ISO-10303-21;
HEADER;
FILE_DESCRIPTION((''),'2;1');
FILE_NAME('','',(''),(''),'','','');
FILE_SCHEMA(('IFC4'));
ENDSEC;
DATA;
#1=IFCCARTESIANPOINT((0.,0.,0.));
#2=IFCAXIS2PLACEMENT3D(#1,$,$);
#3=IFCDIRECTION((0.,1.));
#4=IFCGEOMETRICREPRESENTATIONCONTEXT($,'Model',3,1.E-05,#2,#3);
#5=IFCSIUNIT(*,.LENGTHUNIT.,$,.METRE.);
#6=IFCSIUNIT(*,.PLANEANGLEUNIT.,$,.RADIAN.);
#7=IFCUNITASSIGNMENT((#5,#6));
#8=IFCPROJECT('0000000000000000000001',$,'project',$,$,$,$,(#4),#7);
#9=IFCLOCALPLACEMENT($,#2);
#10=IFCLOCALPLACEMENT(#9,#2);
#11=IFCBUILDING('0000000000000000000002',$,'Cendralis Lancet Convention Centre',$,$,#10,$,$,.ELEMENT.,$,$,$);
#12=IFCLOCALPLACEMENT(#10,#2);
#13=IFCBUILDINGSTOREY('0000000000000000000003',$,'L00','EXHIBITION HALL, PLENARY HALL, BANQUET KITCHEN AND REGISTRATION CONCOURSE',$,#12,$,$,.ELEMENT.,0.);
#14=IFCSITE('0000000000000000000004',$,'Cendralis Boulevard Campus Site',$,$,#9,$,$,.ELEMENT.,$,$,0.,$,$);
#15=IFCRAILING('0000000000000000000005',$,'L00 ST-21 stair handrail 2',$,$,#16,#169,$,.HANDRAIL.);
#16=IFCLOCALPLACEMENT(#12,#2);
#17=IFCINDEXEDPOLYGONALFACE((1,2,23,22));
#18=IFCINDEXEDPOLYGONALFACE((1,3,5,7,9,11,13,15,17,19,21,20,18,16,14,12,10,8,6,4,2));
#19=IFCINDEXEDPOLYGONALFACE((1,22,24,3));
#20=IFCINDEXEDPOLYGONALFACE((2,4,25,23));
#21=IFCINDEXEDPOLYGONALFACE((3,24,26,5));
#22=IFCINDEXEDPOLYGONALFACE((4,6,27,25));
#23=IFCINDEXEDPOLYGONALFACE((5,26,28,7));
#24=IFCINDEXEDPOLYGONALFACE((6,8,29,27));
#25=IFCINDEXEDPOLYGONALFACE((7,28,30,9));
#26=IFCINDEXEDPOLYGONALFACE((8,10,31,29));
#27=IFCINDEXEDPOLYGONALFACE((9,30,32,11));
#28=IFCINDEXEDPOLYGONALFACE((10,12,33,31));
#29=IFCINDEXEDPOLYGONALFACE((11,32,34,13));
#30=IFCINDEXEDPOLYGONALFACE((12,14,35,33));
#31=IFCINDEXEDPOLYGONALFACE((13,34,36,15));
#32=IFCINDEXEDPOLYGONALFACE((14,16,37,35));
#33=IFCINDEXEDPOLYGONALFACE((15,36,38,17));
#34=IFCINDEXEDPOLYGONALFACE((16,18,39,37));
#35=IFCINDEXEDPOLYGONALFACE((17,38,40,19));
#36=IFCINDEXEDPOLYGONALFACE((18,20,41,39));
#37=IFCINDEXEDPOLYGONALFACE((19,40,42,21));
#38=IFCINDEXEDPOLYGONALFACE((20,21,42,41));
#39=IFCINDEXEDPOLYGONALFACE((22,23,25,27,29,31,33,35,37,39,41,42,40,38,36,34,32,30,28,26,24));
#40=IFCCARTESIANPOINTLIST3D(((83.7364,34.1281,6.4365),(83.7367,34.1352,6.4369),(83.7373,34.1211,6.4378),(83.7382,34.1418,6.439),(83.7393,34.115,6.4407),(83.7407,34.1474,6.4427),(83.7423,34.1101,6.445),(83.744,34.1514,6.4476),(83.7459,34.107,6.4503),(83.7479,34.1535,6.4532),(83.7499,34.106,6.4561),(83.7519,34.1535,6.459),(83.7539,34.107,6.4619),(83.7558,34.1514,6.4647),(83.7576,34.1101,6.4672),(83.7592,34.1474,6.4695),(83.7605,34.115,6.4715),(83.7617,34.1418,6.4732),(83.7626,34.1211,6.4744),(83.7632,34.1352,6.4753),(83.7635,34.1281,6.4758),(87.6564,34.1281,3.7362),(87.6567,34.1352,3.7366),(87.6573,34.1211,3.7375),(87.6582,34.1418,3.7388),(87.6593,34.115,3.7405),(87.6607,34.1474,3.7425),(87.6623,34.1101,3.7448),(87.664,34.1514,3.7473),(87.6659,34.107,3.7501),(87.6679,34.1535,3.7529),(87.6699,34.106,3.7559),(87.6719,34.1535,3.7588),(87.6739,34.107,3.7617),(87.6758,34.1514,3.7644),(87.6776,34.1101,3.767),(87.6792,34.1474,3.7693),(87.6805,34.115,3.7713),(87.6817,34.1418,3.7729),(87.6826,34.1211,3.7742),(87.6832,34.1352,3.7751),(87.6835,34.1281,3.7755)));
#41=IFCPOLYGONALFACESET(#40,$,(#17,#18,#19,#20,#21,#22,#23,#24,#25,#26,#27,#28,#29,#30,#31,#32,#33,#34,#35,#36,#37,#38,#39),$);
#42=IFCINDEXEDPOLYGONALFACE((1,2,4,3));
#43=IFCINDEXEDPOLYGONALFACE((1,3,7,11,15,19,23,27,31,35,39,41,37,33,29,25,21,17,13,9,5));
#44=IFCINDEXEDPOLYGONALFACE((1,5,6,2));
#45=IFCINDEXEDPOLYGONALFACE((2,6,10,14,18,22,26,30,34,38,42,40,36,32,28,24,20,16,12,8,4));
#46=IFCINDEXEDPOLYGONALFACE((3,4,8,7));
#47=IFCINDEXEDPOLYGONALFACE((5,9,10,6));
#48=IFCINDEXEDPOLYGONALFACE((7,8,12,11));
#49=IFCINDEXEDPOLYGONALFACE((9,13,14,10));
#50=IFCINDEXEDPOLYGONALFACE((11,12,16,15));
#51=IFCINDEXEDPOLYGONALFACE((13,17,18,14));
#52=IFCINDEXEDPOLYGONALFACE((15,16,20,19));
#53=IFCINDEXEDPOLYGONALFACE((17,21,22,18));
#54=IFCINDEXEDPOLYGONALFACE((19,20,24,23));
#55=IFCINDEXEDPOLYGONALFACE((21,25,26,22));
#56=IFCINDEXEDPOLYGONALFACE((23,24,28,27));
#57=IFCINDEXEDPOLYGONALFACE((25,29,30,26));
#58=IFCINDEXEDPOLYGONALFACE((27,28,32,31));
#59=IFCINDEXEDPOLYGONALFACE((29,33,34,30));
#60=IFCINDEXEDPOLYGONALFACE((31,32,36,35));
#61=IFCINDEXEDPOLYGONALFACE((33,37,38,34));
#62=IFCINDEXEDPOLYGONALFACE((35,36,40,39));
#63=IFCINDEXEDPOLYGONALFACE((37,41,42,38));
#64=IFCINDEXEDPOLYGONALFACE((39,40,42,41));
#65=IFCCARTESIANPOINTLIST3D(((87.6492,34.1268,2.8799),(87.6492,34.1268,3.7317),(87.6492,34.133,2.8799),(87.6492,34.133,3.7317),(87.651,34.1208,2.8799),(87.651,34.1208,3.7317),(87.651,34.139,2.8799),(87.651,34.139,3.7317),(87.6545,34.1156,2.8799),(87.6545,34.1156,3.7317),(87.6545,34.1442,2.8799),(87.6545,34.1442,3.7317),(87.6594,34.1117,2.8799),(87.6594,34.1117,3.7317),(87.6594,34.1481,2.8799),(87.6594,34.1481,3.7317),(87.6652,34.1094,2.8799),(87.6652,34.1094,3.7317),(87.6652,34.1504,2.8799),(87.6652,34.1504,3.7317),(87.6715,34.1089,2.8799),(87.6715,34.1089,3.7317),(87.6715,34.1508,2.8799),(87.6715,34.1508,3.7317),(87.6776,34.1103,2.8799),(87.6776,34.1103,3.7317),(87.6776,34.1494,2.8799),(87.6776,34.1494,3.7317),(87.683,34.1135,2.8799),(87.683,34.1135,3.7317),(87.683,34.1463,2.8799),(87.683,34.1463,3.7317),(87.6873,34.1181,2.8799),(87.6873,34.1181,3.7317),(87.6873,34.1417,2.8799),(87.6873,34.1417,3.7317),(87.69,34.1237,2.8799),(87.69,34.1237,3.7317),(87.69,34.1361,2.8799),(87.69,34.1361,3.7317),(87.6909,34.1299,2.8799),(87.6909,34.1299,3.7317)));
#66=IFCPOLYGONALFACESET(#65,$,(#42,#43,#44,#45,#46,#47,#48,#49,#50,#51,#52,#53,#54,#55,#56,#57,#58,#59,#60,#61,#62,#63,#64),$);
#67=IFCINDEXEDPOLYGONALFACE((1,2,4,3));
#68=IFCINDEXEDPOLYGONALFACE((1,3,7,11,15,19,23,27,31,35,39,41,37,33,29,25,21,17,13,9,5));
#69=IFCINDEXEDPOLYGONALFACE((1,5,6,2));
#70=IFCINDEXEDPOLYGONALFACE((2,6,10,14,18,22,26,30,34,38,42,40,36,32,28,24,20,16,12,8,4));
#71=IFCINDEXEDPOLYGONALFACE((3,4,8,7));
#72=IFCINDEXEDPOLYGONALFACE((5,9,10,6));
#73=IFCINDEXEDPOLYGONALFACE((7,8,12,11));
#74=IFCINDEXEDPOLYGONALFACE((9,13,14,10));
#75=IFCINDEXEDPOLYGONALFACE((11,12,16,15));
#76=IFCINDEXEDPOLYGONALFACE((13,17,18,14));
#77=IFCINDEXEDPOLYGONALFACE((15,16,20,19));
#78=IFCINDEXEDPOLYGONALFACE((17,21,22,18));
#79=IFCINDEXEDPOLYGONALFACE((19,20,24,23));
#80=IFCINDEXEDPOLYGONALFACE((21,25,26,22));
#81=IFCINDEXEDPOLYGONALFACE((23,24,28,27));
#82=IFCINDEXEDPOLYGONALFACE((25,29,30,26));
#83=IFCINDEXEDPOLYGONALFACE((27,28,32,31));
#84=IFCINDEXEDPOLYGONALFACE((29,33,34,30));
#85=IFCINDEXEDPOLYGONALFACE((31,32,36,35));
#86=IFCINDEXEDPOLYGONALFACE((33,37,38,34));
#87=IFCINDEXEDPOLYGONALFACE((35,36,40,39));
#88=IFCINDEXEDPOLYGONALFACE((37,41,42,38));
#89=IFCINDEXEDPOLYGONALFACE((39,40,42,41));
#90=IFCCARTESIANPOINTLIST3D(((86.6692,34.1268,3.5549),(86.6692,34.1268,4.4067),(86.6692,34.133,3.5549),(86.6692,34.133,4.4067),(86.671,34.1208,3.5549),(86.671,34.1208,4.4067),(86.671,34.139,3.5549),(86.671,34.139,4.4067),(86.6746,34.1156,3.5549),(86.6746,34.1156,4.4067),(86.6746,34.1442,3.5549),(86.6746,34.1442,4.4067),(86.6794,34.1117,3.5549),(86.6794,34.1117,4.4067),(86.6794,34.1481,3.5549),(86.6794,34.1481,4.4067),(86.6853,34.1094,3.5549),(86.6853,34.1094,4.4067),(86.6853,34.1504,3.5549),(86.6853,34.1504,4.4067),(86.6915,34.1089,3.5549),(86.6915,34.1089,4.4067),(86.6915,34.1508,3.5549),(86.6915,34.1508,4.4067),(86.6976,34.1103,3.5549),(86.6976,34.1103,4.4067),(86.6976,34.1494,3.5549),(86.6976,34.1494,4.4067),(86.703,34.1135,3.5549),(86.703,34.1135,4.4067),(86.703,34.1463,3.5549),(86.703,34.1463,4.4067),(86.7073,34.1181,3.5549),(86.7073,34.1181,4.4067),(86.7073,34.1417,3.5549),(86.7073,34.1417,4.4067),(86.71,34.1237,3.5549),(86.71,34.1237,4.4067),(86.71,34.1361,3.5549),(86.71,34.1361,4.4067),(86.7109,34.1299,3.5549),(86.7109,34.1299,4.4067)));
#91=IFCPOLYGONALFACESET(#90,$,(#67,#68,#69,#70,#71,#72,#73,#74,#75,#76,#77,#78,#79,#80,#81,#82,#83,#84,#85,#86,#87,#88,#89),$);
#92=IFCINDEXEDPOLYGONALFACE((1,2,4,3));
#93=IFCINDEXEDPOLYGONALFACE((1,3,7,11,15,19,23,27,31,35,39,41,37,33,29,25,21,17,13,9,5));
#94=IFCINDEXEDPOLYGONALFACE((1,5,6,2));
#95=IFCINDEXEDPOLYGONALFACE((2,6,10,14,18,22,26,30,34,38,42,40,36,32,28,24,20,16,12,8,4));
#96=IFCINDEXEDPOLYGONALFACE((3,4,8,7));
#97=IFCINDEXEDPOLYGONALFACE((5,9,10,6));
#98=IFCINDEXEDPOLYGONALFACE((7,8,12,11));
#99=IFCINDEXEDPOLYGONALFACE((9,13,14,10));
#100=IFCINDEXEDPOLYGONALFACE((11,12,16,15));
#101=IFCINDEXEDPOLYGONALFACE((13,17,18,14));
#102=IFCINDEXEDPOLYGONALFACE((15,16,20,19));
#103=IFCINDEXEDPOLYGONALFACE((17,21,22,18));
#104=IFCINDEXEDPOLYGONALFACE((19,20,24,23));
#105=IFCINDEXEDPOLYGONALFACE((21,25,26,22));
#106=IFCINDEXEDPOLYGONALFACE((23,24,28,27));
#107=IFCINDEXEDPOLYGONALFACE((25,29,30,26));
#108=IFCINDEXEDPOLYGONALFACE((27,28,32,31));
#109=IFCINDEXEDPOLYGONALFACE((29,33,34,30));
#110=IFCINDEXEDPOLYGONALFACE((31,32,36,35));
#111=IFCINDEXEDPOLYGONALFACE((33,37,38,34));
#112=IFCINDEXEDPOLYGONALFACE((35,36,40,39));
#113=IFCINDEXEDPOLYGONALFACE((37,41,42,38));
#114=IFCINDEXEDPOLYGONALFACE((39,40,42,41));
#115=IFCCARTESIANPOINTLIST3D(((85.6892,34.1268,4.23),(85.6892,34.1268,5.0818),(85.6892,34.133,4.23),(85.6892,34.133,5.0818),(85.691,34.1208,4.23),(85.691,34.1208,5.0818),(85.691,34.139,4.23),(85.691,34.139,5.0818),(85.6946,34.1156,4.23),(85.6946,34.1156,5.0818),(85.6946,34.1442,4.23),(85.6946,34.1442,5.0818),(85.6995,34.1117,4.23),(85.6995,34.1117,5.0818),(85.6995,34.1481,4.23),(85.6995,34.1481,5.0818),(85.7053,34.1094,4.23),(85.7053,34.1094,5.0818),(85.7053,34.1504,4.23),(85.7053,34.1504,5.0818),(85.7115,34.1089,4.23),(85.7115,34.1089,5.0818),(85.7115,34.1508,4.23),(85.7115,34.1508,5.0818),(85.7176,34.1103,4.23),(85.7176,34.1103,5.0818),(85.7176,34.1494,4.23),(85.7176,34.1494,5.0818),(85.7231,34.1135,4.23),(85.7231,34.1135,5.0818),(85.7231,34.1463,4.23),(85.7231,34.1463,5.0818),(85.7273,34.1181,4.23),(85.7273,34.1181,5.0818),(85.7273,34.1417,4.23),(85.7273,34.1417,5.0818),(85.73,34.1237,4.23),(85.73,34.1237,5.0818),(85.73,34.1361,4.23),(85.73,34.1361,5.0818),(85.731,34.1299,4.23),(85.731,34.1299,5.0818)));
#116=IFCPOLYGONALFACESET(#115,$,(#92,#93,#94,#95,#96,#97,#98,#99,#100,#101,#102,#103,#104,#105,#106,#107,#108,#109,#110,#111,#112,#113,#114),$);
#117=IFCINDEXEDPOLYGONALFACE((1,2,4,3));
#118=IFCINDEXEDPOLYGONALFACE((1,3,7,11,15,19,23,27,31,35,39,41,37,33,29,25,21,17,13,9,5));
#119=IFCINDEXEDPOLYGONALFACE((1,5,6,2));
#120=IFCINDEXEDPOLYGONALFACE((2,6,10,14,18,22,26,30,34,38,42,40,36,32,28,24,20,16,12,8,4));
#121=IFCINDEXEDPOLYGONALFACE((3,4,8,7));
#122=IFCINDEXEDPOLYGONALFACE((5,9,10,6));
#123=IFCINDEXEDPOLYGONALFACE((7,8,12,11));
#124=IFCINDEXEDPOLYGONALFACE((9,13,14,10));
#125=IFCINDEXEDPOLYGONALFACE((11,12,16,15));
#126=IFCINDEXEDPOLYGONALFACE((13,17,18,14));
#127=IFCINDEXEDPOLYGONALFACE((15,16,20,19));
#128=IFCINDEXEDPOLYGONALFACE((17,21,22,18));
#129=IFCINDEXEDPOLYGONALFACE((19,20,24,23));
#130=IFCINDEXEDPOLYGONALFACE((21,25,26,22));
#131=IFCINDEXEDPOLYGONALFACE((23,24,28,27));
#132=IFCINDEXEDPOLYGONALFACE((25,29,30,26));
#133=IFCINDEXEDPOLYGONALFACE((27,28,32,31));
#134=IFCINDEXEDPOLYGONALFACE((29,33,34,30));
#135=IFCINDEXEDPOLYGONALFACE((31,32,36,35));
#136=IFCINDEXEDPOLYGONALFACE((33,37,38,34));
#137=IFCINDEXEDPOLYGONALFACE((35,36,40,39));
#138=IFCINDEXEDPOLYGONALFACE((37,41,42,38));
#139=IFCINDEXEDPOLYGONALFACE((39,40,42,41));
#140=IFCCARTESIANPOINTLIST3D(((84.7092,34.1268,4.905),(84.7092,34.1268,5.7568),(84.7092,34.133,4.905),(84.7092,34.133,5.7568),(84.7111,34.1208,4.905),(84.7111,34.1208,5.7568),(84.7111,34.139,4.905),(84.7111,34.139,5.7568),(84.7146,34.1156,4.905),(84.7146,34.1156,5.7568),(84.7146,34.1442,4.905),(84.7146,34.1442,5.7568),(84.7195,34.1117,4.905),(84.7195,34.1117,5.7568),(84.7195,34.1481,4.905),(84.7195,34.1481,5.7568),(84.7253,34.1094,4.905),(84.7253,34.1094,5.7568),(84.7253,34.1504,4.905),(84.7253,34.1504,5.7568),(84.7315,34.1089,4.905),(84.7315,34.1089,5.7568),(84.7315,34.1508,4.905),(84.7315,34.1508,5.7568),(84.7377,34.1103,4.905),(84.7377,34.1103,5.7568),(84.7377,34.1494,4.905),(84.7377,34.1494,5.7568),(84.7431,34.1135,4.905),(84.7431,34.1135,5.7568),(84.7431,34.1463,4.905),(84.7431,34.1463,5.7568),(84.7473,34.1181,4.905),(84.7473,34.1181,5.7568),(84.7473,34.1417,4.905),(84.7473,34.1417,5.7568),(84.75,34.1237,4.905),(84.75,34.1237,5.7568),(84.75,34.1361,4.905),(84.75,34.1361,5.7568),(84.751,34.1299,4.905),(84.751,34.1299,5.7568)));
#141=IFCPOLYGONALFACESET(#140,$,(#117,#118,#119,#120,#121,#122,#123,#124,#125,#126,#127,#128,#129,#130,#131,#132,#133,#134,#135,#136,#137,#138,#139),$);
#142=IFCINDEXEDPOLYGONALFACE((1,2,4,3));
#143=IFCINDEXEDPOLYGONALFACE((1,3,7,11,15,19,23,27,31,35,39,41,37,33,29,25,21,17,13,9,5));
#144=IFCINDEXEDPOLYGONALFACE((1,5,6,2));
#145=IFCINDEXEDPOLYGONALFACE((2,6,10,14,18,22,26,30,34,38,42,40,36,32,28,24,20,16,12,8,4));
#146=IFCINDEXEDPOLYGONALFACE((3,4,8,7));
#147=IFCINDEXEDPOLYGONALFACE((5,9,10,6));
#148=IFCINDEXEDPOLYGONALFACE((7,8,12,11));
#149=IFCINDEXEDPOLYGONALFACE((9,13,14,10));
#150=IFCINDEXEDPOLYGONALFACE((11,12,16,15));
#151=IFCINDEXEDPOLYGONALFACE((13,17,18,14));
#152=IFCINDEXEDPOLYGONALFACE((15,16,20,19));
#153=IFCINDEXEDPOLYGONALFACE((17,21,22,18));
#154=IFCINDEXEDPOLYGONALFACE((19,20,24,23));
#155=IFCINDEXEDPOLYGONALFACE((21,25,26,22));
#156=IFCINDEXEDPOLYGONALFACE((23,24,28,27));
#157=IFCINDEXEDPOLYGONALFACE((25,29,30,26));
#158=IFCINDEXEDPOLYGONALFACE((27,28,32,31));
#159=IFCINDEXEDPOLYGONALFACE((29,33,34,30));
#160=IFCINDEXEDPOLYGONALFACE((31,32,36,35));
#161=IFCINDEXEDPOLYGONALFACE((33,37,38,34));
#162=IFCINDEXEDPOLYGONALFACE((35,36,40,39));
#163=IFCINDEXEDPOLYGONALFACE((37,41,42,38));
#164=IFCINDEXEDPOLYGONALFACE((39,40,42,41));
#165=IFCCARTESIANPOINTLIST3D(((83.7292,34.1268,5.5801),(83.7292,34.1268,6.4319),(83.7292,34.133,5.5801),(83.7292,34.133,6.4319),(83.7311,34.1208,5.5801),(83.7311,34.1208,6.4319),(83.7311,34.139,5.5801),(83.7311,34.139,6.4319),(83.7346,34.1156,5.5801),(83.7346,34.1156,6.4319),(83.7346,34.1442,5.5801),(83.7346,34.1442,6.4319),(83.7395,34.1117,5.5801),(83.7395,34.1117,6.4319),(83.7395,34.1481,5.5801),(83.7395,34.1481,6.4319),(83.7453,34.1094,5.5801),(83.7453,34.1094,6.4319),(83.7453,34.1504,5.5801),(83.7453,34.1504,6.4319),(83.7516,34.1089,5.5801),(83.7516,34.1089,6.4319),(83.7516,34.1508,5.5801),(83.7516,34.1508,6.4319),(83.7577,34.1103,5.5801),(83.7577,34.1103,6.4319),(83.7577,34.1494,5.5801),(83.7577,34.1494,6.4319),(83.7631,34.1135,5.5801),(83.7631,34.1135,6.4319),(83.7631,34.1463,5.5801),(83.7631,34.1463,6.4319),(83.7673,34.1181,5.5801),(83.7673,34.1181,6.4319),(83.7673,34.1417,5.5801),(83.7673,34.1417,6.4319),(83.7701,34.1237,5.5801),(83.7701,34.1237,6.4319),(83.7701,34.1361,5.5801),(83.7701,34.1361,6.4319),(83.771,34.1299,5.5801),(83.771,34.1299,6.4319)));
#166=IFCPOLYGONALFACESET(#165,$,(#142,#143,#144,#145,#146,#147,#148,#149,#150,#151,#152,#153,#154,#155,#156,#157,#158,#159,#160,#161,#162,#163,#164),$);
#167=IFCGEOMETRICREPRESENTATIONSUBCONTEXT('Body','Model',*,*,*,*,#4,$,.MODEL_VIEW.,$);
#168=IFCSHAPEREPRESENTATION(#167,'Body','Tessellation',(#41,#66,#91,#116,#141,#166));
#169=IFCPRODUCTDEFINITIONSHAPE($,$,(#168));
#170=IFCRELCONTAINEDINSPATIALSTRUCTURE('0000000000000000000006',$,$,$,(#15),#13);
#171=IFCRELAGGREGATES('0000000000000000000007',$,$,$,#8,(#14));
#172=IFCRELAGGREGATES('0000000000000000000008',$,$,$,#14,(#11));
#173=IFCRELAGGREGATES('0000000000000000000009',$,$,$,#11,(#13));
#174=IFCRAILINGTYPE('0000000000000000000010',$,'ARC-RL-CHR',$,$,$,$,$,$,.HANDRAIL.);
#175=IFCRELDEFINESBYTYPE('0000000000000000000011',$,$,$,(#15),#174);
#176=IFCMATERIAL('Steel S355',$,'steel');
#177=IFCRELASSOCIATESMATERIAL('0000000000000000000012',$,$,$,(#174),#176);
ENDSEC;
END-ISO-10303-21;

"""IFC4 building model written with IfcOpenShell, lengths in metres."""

from ifc_helpers import new_model, si_unit, direction, frame, origin, origin_2d, place, context, subcontext, project, spatial, circle, extrude, material, type_object, element, save


model = new_model("IFC4")

# Units and contexts
model_context = context("Model", 3, precision=1e-05, world=origin(), true_north=direction((0.0, 1.0)))
body_context = subcontext(model_context, "Body", "Model", "MODEL_VIEW")
ifc_project = project(units=[si_unit("LENGTHUNIT", "METRE"), si_unit("PLANEANGLEUNIT", "RADIAN")], contexts=[model_context])

# Site, building, storey
site_placement = place(None, origin())
site = spatial("IfcSite", under=ifc_project, at=site_placement, Name="Cendralis Boulevard Campus Site", CompositionType="ELEMENT", RefElevation=0.0)
building_placement = place(site_placement, origin())
building = spatial("IfcBuilding", under=site, at=building_placement, Name="Cendralis Lancet Convention Centre", CompositionType="ELEMENT")
storey_placement = place(building_placement, origin())
storey = spatial("IfcBuildingStorey", under=building, at=storey_placement, Name="L00", Description="EXHIBITION HALL, PLENARY HALL, BANQUET KITCHEN AND REGISTRATION CONCOURSE", CompositionType="ELEMENT", Elevation=0.0)

# Shared definitions
ifc_material_1 = material(Name="Steel S355", Category="steel")

# Railing
railing_type_1 = type_object("IfcRailingType", Name="ARC-RL-CHR", PredefinedType="HANDRAIL", material=ifc_material_1)
railing_1_placement = place(storey_placement, frame((87.6699, 34.1299, 2.8799)))
element("IfcRailing", 1, at=railing_1_placement, inside=storey, type_object=railing_type_1, Name="L00 ST-21 stair handrail 2", PredefinedType="HANDRAIL", context=body_context, shape_type="SweptSolid", body=[
    extrude(circle(Radius=0.0239, at=origin_2d()), frame((0.0, 0.0, 0.876), z_axis=(-0.823527, 0.0, 0.567277), x_axis=(0.0, -1.0, 0.0)), (0.0, 0.0, 1.0), 4.76),
    extrude(circle(Radius=0.021, at=origin_2d()), origin(), (0.0, 0.0, 1.0), 0.8518),
    extrude(circle(Radius=0.021, at=origin_2d()), frame((-0.98, 0.0, 0.675)), (0.0, 0.0, 1.0), 0.8518),
    extrude(circle(Radius=0.021, at=origin_2d()), frame((-1.96, 0.0, 1.3501)), (0.0, 0.0, 1.0), 0.8518),
    extrude(circle(Radius=0.021, at=origin_2d()), frame((-2.9399, 0.0, 2.0251)), (0.0, 0.0, 1.0), 0.8518),
    extrude(circle(Radius=0.021, at=origin_2d()), frame((-3.9199, 0.0, 2.7002)), (0.0, 0.0, 1.0), 0.8518),
])

save(model, "model.ifc")
